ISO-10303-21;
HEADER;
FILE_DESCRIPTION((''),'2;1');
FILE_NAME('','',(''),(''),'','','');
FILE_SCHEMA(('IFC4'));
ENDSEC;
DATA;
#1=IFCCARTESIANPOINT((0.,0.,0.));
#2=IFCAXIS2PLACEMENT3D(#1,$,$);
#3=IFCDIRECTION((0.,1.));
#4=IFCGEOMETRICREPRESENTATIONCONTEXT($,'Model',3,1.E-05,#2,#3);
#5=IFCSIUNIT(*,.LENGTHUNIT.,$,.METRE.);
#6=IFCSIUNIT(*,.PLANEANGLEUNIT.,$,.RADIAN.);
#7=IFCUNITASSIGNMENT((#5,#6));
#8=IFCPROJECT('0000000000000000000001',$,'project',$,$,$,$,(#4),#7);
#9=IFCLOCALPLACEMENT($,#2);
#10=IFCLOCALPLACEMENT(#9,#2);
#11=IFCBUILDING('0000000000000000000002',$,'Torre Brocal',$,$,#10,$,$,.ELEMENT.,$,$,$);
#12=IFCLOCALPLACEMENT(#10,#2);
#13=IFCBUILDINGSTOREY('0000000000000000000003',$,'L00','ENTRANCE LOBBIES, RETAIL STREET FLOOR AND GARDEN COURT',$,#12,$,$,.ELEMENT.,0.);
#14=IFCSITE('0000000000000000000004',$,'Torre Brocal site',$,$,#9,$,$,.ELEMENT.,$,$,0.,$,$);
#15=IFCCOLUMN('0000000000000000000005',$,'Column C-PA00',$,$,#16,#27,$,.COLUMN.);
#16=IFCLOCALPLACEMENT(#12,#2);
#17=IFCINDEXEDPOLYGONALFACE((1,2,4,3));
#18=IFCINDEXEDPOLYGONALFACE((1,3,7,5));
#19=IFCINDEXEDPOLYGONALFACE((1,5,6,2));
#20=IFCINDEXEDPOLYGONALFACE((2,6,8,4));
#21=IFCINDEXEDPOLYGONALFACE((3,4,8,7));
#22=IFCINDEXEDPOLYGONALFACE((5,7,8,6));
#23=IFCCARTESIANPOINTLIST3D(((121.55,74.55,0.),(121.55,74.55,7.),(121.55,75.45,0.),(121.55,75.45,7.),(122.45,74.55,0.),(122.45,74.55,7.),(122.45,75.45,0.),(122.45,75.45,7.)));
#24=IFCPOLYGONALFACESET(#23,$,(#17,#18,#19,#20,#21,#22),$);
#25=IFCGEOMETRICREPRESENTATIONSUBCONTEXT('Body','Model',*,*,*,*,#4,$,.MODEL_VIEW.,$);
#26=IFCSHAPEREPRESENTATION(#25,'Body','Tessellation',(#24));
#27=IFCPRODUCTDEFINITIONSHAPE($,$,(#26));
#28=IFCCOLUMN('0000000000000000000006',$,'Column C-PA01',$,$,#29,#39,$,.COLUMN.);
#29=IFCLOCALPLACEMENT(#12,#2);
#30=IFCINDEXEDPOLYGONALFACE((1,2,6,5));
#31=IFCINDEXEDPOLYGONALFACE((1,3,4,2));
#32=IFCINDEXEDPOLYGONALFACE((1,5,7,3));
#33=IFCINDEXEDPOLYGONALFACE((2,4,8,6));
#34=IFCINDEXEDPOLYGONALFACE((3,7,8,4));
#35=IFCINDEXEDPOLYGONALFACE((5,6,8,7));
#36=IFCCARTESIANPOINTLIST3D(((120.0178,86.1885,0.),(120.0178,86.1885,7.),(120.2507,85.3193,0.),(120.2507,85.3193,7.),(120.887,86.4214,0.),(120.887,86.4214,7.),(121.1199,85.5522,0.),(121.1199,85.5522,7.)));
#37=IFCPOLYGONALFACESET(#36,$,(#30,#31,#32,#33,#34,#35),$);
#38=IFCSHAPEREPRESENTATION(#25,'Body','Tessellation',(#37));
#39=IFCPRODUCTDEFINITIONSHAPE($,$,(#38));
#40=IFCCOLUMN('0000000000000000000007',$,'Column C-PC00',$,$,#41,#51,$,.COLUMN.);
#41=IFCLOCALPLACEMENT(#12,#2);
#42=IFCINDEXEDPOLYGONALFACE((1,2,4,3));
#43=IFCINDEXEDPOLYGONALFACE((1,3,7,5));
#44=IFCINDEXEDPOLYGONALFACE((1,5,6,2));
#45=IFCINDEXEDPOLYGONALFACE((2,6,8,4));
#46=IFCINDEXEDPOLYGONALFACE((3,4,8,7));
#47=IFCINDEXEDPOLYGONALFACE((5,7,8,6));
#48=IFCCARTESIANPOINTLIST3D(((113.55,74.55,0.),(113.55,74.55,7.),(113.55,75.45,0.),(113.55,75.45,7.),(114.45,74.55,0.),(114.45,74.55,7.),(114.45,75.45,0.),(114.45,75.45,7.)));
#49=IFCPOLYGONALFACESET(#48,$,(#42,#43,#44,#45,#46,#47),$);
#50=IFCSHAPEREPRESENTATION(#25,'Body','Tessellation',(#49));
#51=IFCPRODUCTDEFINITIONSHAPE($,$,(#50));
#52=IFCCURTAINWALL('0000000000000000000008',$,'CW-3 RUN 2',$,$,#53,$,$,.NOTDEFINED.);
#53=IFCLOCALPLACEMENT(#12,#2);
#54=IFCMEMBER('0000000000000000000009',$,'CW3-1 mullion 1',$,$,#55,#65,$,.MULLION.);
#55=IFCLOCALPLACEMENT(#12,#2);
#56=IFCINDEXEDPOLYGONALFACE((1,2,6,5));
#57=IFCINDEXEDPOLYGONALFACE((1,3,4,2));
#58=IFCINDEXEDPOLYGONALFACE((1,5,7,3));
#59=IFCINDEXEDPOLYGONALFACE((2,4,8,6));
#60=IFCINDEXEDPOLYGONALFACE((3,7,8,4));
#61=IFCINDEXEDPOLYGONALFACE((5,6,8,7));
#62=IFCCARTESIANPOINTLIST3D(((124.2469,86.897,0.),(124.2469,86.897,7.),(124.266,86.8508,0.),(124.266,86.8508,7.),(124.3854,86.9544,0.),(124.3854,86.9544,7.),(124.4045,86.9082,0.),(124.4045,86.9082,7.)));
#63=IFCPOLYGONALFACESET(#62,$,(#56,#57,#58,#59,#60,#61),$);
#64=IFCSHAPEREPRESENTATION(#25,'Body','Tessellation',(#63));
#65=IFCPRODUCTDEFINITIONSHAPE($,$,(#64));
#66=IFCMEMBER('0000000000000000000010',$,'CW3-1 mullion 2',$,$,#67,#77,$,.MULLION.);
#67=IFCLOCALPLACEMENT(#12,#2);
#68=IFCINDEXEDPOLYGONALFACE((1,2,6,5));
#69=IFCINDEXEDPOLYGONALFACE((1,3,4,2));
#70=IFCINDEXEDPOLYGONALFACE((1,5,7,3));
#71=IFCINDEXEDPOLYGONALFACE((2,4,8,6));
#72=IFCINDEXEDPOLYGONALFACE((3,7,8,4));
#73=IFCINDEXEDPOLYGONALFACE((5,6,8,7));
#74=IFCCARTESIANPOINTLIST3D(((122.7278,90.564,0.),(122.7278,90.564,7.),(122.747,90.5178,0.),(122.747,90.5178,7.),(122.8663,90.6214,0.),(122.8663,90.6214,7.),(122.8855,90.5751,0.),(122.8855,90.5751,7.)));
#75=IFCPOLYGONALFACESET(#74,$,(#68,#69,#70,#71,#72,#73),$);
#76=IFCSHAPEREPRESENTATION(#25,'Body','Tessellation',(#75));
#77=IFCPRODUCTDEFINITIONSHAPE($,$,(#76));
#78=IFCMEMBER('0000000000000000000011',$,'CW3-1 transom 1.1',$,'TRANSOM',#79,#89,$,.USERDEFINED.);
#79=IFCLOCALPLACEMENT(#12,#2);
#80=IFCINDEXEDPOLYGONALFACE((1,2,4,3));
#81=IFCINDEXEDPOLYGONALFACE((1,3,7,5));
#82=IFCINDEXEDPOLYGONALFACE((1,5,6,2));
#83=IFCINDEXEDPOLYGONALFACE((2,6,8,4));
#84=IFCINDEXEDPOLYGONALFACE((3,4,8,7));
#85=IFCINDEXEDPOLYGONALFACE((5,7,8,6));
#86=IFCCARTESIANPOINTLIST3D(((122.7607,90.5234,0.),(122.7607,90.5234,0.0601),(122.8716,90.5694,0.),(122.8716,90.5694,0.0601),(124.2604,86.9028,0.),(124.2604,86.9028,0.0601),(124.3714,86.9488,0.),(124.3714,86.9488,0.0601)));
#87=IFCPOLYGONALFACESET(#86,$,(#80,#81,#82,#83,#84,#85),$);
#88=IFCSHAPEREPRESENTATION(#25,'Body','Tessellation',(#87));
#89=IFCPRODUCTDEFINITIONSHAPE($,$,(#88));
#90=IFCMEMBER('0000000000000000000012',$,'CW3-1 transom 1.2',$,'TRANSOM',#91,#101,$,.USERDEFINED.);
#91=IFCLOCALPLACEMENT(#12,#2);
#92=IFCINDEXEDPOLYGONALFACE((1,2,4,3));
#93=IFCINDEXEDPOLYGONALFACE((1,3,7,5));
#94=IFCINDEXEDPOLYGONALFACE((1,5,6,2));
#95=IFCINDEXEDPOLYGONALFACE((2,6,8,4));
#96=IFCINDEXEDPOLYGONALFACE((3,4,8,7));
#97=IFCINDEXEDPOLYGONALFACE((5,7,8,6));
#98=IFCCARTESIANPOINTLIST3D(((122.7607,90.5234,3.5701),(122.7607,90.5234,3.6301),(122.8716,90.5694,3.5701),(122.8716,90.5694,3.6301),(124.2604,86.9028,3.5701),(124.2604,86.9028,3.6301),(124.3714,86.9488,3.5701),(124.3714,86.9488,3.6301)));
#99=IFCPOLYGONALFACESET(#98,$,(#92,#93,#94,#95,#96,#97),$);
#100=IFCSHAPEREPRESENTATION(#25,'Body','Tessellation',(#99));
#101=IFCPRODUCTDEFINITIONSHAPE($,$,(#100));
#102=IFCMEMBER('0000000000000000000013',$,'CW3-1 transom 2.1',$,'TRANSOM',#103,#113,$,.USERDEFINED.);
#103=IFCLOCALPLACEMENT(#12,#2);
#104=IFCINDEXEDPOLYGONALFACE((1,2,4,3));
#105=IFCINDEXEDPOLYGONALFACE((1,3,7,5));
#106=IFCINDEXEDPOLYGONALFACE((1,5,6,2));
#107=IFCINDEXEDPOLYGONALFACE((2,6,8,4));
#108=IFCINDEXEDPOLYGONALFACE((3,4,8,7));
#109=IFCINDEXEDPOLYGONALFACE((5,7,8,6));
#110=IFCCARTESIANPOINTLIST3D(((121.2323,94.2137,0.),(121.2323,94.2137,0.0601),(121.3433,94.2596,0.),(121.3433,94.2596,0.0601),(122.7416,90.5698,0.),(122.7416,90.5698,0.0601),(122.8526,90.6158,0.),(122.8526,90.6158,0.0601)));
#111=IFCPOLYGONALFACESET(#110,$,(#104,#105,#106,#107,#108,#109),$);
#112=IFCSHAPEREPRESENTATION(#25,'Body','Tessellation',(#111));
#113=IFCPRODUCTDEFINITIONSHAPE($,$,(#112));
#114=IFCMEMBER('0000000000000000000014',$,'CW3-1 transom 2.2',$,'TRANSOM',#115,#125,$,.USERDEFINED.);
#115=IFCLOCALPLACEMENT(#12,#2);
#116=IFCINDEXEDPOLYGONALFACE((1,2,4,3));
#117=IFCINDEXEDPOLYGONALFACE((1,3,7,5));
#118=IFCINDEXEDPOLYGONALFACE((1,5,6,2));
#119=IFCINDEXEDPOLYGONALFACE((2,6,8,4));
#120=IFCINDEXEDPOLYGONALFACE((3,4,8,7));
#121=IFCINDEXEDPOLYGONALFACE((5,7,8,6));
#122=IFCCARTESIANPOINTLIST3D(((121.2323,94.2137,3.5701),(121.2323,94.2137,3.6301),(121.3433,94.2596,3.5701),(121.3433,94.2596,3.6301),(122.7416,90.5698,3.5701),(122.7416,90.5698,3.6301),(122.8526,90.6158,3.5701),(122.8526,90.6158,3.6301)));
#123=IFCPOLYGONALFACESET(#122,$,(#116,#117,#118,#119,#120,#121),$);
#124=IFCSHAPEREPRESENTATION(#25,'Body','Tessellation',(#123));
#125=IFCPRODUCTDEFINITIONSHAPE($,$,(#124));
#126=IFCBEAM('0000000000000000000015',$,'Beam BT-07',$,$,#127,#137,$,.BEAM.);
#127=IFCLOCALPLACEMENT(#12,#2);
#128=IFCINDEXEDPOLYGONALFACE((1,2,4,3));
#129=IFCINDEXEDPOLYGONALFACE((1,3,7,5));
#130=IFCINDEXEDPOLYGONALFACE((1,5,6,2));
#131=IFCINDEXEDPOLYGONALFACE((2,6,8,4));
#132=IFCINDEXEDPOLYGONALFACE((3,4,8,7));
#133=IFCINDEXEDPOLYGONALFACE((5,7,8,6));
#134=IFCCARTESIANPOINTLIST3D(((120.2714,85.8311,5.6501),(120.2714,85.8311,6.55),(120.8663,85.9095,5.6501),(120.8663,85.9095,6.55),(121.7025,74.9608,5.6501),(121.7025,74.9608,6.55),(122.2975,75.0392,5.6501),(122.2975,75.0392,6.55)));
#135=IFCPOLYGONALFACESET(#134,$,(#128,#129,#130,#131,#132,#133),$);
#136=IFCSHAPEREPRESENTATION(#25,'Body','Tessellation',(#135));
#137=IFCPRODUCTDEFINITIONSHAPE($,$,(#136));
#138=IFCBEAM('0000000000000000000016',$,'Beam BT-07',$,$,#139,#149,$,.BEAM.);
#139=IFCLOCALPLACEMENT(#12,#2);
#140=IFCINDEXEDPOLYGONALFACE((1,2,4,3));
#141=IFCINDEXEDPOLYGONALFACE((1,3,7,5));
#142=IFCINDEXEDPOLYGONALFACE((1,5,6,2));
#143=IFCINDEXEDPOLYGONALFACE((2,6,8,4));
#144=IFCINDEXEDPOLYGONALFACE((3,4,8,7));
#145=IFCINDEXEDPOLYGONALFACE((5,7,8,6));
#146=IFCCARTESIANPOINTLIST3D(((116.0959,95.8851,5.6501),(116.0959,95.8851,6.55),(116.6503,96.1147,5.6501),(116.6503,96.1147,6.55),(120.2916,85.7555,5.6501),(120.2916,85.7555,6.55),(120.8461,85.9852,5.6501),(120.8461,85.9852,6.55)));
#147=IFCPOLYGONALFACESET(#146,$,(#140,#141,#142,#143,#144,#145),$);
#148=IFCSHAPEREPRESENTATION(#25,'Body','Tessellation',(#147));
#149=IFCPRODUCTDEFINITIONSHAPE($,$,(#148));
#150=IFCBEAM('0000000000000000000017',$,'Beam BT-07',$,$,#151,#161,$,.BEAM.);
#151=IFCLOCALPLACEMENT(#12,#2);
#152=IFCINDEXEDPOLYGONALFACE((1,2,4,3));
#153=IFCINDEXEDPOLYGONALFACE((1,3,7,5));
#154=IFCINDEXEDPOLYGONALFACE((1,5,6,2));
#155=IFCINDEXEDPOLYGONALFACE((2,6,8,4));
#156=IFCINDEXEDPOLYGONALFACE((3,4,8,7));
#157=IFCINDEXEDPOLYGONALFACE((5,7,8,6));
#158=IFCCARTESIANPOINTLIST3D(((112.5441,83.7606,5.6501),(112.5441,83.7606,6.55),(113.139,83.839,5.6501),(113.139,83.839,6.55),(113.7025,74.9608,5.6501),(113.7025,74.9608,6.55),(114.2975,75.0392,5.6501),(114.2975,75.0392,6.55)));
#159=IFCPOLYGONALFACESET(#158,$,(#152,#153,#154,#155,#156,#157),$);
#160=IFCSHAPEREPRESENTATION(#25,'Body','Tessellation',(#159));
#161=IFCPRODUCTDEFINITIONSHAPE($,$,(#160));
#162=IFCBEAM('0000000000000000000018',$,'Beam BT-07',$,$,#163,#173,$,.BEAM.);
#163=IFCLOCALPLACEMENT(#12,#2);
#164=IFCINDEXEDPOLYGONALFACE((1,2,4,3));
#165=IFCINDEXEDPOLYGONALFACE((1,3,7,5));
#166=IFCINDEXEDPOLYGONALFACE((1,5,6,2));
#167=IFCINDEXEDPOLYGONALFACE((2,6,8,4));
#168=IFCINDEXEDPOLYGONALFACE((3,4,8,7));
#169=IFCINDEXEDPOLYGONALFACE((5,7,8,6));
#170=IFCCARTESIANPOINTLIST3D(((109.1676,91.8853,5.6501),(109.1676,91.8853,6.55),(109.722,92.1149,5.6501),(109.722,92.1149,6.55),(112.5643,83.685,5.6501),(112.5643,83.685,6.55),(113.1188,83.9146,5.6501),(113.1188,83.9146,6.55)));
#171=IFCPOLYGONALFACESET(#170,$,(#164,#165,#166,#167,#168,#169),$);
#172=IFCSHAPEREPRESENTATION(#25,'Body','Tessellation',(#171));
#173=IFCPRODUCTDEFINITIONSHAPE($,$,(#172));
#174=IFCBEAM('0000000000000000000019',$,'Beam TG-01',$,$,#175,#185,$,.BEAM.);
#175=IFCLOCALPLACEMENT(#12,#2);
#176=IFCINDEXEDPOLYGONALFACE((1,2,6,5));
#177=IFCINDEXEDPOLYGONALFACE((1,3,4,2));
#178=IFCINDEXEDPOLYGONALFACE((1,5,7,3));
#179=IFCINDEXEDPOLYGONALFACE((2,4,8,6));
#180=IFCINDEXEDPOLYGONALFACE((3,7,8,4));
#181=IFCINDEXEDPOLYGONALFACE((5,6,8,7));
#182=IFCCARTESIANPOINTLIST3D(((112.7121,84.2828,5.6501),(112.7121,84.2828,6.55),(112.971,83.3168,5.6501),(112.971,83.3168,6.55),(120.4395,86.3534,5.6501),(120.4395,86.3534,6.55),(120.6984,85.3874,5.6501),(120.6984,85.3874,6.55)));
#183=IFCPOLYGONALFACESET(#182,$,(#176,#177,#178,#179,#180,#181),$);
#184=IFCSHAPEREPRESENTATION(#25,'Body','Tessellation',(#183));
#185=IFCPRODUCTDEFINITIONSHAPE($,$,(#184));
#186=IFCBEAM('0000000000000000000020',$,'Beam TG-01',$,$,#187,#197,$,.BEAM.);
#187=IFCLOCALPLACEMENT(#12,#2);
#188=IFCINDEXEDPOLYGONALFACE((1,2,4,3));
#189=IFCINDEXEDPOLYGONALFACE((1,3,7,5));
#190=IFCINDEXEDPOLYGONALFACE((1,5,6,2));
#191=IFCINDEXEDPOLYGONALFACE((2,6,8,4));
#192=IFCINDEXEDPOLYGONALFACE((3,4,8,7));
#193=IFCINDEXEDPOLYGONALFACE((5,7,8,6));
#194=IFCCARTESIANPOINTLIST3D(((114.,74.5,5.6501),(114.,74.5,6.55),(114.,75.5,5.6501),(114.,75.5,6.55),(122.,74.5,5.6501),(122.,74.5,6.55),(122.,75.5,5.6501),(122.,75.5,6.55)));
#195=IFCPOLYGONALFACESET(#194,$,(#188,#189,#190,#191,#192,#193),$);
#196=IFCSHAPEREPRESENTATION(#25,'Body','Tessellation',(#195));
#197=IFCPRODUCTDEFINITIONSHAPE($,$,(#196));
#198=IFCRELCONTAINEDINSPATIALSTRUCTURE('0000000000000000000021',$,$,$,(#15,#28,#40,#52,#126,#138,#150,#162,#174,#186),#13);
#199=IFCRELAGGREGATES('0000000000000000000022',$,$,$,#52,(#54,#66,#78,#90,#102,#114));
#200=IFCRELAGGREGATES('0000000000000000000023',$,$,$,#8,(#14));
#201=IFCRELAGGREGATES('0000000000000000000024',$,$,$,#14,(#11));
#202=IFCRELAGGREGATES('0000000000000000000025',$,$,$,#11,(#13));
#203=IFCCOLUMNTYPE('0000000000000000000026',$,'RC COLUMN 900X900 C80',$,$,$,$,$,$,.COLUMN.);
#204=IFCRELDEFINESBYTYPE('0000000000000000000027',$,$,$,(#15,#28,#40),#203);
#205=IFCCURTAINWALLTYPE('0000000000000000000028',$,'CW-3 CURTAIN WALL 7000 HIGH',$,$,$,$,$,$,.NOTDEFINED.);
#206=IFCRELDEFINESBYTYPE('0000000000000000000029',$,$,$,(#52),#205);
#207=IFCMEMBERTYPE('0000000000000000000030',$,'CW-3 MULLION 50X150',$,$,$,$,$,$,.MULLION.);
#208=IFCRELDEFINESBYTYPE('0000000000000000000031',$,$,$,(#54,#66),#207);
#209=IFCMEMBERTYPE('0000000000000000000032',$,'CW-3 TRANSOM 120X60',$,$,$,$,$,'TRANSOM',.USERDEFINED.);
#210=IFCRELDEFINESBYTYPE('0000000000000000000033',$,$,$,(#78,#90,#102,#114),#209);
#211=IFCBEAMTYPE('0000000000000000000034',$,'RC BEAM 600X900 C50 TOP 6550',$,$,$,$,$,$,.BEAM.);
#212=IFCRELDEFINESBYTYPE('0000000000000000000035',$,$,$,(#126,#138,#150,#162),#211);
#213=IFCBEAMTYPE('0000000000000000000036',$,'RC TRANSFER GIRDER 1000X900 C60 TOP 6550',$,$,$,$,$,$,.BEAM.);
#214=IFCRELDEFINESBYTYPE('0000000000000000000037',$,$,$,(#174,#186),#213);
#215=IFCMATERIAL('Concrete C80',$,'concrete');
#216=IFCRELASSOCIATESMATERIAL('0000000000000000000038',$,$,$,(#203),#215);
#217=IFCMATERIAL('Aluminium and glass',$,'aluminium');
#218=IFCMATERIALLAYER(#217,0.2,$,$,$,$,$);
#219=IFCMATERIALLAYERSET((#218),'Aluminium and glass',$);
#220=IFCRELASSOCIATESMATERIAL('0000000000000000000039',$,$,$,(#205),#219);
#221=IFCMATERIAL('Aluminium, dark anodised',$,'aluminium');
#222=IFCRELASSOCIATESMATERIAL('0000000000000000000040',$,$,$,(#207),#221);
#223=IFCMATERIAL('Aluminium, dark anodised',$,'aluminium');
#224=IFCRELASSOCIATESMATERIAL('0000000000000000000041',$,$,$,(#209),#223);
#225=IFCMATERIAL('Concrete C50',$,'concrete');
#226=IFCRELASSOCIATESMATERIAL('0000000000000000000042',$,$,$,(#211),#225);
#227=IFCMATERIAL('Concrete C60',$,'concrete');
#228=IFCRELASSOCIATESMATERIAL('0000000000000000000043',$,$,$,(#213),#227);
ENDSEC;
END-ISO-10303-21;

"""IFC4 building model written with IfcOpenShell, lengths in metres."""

from ifc_helpers import new_model, si_unit, direction, frame, origin, origin_2d, place, context, subcontext, project, spatial, rectangle, extrude, material, layer, layer_set, material_profile, profile_set, type_object, element, aggregate, save


model = new_model("IFC4")

# Units and contexts
model_context = context("Model", 3, precision=1e-05, world=origin(), true_north=direction((0.0, 1.0)))
body_context = subcontext(model_context, "Body", "Model", "MODEL_VIEW")
ifc_project = project(units=[si_unit("LENGTHUNIT", "METRE"), si_unit("PLANEANGLEUNIT", "RADIAN")], contexts=[model_context])

# Site, building, storey
site_placement = place(None, origin())
site = spatial("IfcSite", under=ifc_project, at=site_placement, Name="Torre Brocal site", CompositionType="ELEMENT", RefElevation=0.0)
building_placement = place(site_placement, origin())
building = spatial("IfcBuilding", under=site, at=building_placement, Name="Torre Brocal", CompositionType="ELEMENT")
storey_placement = place(building_placement, origin())
storey = spatial("IfcBuildingStorey", under=building, at=storey_placement, Name="L00", Description="ENTRANCE LOBBIES, RETAIL STREET FLOOR AND GARDEN COURT", CompositionType="ELEMENT", Elevation=0.0)

# Columns
ifc_material_1 = material(Name="Concrete C80", Category="concrete")
ifc_material_profile_1 = material_profile(ifc_material_1, rectangle(XDim=0.8999, YDim=0.8999, at=origin_2d()), Name="RC 900X900")
ifc_profile_set_1 = profile_set([ifc_material_profile_1], Name="Concrete C80")
column_type = type_object("IfcColumnType", Name="RC COLUMN 900X900 C80", PredefinedType="COLUMN", material=ifc_profile_set_1)
for number, where, z_axis, x_axis, name in (
    (1, (122.0, 75.0, 0.0), (0.0, 0.0, 1.0), (1.0, 0.0, 0.0), "Column C-PA00"),
    (2, (120.5688, 85.8704, 0.0), (0.0, 0.0, 1.0), (0.965926, 0.258819, 0.0), "Column C-PA01"),
    (3, (114.0, 75.0, 0.0), (0.0, 0.0, 1.0), (1.0, 0.0, 0.0), "Column C-PC00"),
):
    element("IfcColumn", number, at=place(storey_placement, frame(where, z_axis=z_axis, x_axis=x_axis)), inside=storey, type_object=column_type, Name=name, PredefinedType="COLUMN", context=body_context, shape_type="SweptSolid", body=[
        extrude(rectangle(XDim=0.8999, YDim=0.8999, at=origin_2d()), origin(), (0.0, 0.0, 1.0), 7.0),
    ])

# Curtain wall, members
ifc_material_2 = material(Name="Aluminium and glass", Category="aluminium")
ifc_layer_1 = layer(ifc_material_2, 0.2)
ifc_layer_set_1 = layer_set([ifc_layer_1], Name="Aluminium and glass")
curtain_wall_type = type_object("IfcCurtainWallType", Name="CW-3 CURTAIN WALL 7000 HIGH", PredefinedType="NOTDEFINED", material=ifc_layer_set_1)
curtain_wall_placement = place(storey_placement, origin())
curtain_wall = element("IfcCurtainWall", 4, at=curtain_wall_placement, inside=storey, type_object=curtain_wall_type, Name="CW-3 RUN 2", PredefinedType="NOTDEFINED")
ifc_material_3 = material(Name="Aluminium, dark anodised", Category="aluminium")
ifc_material_profile_2 = material_profile(ifc_material_3, rectangle(XDim=0.1499, YDim=0.05, at=origin_2d()), Name="CW-3 MULLION 50X150")
ifc_profile_set_2 = profile_set([ifc_material_profile_2], Name="Aluminium, dark anodised")
member_type_1 = type_object("IfcMemberType", Name="CW-3 MULLION 50X150", PredefinedType="MULLION", material=ifc_profile_set_2)
member_1_placement = place(storey_placement, frame((124.3257, 86.9026, 0.0), z_axis=(0.0, 0.0, 1.0), x_axis=(-0.92388, -0.382683, 0.0)))
member_1 = element("IfcMember", 5, at=member_1_placement, type_object=member_type_1, Name="CW3-1 mullion 1", PredefinedType="MULLION", context=body_context, shape_type="SweptSolid", body=[
    extrude(rectangle(XDim=0.1499, YDim=0.05, at=origin_2d()), origin(), (0.0, 0.0, 1.0), 7.0),
])
member_2_placement = place(storey_placement, frame((122.8066, 90.5696, 0.0), z_axis=(0.0, 0.0, 1.0), x_axis=(-0.92388, -0.382683, 0.0)))
member_2 = element("IfcMember", 6, at=member_2_placement, type_object=member_type_1, Name="CW3-1 mullion 2", PredefinedType="MULLION", context=body_context, shape_type="SweptSolid", body=[
    extrude(rectangle(XDim=0.1499, YDim=0.05, at=origin_2d()), origin(), (0.0, 0.0, 1.0), 7.0),
])
ifc_material_4 = material(Name="Aluminium, dark anodised", Category="aluminium")
ifc_material_profile_3 = material_profile(ifc_material_4, rectangle(XDim=0.1201, YDim=0.0601, at=origin_2d()), Name="CW-3 TRANSOM 120X60")
ifc_profile_set_3 = profile_set([ifc_material_profile_3], Name="Aluminium, dark anodised")
member_type_2 = type_object("IfcMemberType", Name="CW-3 TRANSOM 120X60", ElementType="TRANSOM", PredefinedType="USERDEFINED", material=ifc_profile_set_3)
member_3_placement = place(storey_placement, frame((124.3159, 86.9258, 0.03), z_axis=(-0.382695, 0.923875, 0.0), x_axis=(-0.923875, -0.382695, 0.0)))
member_3 = element("IfcMember", 7, at=member_3_placement, type_object=member_type_2, Name="CW3-1 transom 1.1", ObjectType="TRANSOM", PredefinedType="USERDEFINED", context=body_context, shape_type="SweptSolid", body=[
    extrude(rectangle(XDim=0.1201, YDim=0.0601, at=origin_2d()), origin(), (0.0, 0.0, 1.0), 3.9189),
])
member_4_placement = place(storey_placement, frame((124.3159, 86.9258, 3.6001), z_axis=(-0.382695, 0.923875, 0.0), x_axis=(-0.923875, -0.382695, 0.0)))
member_4 = element("IfcMember", 8, at=member_4_placement, type_object=member_type_2, Name="CW3-1 transom 1.2", ObjectType="TRANSOM", PredefinedType="USERDEFINED", context=body_context, shape_type="SweptSolid", body=[
    extrude(rectangle(XDim=0.1201, YDim=0.0601, at=origin_2d()), origin(), (0.0, 0.0, 1.0), 3.9189),
])
member_5_placement = place(storey_placement, frame((122.7971, 90.5928, 0.03), z_axis=(-0.382676, 0.923883, 0.0), x_axis=(-0.923883, -0.382676, 0.0)))
member_5 = element("IfcMember", 9, at=member_5_placement, type_object=member_type_2, Name="CW3-1 transom 2.1", ObjectType="TRANSOM", PredefinedType="USERDEFINED", context=body_context, shape_type="SweptSolid", body=[
    extrude(rectangle(XDim=0.1201, YDim=0.0601, at=origin_2d()), origin(), (0.0, 0.0, 1.0), 3.9441),
])
member_6_placement = place(storey_placement, frame((122.7971, 90.5928, 3.6001), z_axis=(-0.382676, 0.923883, 0.0), x_axis=(-0.923883, -0.382676, 0.0)))
member_6 = element("IfcMember", 10, at=member_6_placement, type_object=member_type_2, Name="CW3-1 transom 2.2", ObjectType="TRANSOM", PredefinedType="USERDEFINED", context=body_context, shape_type="SweptSolid", body=[
    extrude(rectangle(XDim=0.1201, YDim=0.0601, at=origin_2d()), origin(), (0.0, 0.0, 1.0), 3.9441),
])

# Beams
ifc_material_5 = material(Name="Concrete C50", Category="concrete")
ifc_material_profile_4 = material_profile(ifc_material_5, rectangle(XDim=0.6001, YDim=0.8999, at=origin_2d()), Name="RC 600X900")
ifc_profile_set_4 = profile_set([ifc_material_profile_4], Name="Concrete C50")
beam_type_1 = type_object("IfcBeamType", Name="RC BEAM 600X900 C50 TOP 6550", PredefinedType="BEAM", material=ifc_profile_set_4)
for number, where, z_axis, x_axis, name in (
    (11, (122.0, 75.0, 6.1001), (-0.13053, 0.991444, 0.0), (-0.991444, -0.13053, 0.0), "Beam BT-07"),
    (12, (120.5688, 85.8704, 6.1001), (-0.382681, 0.923881, 0.0), (-0.923881, -0.382681, 0.0), "Beam BT-07"),
):
    element("IfcBeam", number, at=place(storey_placement, frame(where, z_axis=z_axis, x_axis=x_axis)), inside=storey, type_object=beam_type_1, Name=name, PredefinedType="BEAM", context=body_context, shape_type="SweptSolid", body=[
        extrude(rectangle(XDim=0.6001, YDim=0.8999, at=origin_2d()), origin(), (0.0, 0.0, 1.0), 10.9641),
    ])
beam_1_placement = place(storey_placement, frame((114.0, 75.0, 6.1001), z_axis=(-0.130519, 0.991446, 0.0), x_axis=(-0.991446, -0.130519, 0.0)))
element("IfcBeam", 13, at=beam_1_placement, inside=storey, type_object=beam_type_1, Name="Beam BT-07", PredefinedType="BEAM", context=body_context, shape_type="SweptSolid", body=[
    extrude(rectangle(XDim=0.6001, YDim=0.8999, at=origin_2d()), origin(), (0.0, 0.0, 1.0), 8.8757),
])
beam_2_placement = place(storey_placement, frame((112.8416, 83.7998, 6.1001), z_axis=(-0.382693, 0.923876, 0.0), x_axis=(-0.923876, -0.382693, 0.0)))
element("IfcBeam", 14, at=beam_2_placement, inside=storey, type_object=beam_type_1, Name="Beam BT-07", PredefinedType="BEAM", context=body_context, shape_type="SweptSolid", body=[
    extrude(rectangle(XDim=0.6001, YDim=0.8999, at=origin_2d()), origin(), (0.0, 0.0, 1.0), 8.876),
])
ifc_material_6 = material(Name="Concrete C60", Category="concrete")
ifc_material_profile_5 = material_profile(ifc_material_6, rectangle(XDim=1.0, YDim=0.8999, at=origin_2d()), Name="RC 1000X900")
ifc_profile_set_5 = profile_set([ifc_material_profile_5], Name="Concrete C60")
beam_type_2 = type_object("IfcBeamType", Name="RC TRANSFER GIRDER 1000X900 C60 TOP 6550", PredefinedType="BEAM", material=ifc_profile_set_5)
for number, where, z_axis, x_axis, name in (
    (15, (112.8416, 83.7998, 6.1001), (0.965925, 0.258823, 0.0), (-0.258823, 0.965925, 0.0), "Beam TG-01"),
    (16, (114.0, 75.0, 6.1001), (1.0, 0.0, 0.0), (0.0, 1.0, 0.0), "Beam TG-01"),
):
    element("IfcBeam", number, at=place(storey_placement, frame(where, z_axis=z_axis, x_axis=x_axis)), inside=storey, type_object=beam_type_2, Name=name, PredefinedType="BEAM", context=body_context, shape_type="SweptSolid", body=[
        extrude(rectangle(XDim=1.0, YDim=0.8999, at=origin_2d()), origin(), (0.0, 0.0, 1.0), 8.0),
    ])

aggregate(curtain_wall, [member_1, member_2, member_3, member_4, member_5, member_6])

save(model, "model.ifc")
